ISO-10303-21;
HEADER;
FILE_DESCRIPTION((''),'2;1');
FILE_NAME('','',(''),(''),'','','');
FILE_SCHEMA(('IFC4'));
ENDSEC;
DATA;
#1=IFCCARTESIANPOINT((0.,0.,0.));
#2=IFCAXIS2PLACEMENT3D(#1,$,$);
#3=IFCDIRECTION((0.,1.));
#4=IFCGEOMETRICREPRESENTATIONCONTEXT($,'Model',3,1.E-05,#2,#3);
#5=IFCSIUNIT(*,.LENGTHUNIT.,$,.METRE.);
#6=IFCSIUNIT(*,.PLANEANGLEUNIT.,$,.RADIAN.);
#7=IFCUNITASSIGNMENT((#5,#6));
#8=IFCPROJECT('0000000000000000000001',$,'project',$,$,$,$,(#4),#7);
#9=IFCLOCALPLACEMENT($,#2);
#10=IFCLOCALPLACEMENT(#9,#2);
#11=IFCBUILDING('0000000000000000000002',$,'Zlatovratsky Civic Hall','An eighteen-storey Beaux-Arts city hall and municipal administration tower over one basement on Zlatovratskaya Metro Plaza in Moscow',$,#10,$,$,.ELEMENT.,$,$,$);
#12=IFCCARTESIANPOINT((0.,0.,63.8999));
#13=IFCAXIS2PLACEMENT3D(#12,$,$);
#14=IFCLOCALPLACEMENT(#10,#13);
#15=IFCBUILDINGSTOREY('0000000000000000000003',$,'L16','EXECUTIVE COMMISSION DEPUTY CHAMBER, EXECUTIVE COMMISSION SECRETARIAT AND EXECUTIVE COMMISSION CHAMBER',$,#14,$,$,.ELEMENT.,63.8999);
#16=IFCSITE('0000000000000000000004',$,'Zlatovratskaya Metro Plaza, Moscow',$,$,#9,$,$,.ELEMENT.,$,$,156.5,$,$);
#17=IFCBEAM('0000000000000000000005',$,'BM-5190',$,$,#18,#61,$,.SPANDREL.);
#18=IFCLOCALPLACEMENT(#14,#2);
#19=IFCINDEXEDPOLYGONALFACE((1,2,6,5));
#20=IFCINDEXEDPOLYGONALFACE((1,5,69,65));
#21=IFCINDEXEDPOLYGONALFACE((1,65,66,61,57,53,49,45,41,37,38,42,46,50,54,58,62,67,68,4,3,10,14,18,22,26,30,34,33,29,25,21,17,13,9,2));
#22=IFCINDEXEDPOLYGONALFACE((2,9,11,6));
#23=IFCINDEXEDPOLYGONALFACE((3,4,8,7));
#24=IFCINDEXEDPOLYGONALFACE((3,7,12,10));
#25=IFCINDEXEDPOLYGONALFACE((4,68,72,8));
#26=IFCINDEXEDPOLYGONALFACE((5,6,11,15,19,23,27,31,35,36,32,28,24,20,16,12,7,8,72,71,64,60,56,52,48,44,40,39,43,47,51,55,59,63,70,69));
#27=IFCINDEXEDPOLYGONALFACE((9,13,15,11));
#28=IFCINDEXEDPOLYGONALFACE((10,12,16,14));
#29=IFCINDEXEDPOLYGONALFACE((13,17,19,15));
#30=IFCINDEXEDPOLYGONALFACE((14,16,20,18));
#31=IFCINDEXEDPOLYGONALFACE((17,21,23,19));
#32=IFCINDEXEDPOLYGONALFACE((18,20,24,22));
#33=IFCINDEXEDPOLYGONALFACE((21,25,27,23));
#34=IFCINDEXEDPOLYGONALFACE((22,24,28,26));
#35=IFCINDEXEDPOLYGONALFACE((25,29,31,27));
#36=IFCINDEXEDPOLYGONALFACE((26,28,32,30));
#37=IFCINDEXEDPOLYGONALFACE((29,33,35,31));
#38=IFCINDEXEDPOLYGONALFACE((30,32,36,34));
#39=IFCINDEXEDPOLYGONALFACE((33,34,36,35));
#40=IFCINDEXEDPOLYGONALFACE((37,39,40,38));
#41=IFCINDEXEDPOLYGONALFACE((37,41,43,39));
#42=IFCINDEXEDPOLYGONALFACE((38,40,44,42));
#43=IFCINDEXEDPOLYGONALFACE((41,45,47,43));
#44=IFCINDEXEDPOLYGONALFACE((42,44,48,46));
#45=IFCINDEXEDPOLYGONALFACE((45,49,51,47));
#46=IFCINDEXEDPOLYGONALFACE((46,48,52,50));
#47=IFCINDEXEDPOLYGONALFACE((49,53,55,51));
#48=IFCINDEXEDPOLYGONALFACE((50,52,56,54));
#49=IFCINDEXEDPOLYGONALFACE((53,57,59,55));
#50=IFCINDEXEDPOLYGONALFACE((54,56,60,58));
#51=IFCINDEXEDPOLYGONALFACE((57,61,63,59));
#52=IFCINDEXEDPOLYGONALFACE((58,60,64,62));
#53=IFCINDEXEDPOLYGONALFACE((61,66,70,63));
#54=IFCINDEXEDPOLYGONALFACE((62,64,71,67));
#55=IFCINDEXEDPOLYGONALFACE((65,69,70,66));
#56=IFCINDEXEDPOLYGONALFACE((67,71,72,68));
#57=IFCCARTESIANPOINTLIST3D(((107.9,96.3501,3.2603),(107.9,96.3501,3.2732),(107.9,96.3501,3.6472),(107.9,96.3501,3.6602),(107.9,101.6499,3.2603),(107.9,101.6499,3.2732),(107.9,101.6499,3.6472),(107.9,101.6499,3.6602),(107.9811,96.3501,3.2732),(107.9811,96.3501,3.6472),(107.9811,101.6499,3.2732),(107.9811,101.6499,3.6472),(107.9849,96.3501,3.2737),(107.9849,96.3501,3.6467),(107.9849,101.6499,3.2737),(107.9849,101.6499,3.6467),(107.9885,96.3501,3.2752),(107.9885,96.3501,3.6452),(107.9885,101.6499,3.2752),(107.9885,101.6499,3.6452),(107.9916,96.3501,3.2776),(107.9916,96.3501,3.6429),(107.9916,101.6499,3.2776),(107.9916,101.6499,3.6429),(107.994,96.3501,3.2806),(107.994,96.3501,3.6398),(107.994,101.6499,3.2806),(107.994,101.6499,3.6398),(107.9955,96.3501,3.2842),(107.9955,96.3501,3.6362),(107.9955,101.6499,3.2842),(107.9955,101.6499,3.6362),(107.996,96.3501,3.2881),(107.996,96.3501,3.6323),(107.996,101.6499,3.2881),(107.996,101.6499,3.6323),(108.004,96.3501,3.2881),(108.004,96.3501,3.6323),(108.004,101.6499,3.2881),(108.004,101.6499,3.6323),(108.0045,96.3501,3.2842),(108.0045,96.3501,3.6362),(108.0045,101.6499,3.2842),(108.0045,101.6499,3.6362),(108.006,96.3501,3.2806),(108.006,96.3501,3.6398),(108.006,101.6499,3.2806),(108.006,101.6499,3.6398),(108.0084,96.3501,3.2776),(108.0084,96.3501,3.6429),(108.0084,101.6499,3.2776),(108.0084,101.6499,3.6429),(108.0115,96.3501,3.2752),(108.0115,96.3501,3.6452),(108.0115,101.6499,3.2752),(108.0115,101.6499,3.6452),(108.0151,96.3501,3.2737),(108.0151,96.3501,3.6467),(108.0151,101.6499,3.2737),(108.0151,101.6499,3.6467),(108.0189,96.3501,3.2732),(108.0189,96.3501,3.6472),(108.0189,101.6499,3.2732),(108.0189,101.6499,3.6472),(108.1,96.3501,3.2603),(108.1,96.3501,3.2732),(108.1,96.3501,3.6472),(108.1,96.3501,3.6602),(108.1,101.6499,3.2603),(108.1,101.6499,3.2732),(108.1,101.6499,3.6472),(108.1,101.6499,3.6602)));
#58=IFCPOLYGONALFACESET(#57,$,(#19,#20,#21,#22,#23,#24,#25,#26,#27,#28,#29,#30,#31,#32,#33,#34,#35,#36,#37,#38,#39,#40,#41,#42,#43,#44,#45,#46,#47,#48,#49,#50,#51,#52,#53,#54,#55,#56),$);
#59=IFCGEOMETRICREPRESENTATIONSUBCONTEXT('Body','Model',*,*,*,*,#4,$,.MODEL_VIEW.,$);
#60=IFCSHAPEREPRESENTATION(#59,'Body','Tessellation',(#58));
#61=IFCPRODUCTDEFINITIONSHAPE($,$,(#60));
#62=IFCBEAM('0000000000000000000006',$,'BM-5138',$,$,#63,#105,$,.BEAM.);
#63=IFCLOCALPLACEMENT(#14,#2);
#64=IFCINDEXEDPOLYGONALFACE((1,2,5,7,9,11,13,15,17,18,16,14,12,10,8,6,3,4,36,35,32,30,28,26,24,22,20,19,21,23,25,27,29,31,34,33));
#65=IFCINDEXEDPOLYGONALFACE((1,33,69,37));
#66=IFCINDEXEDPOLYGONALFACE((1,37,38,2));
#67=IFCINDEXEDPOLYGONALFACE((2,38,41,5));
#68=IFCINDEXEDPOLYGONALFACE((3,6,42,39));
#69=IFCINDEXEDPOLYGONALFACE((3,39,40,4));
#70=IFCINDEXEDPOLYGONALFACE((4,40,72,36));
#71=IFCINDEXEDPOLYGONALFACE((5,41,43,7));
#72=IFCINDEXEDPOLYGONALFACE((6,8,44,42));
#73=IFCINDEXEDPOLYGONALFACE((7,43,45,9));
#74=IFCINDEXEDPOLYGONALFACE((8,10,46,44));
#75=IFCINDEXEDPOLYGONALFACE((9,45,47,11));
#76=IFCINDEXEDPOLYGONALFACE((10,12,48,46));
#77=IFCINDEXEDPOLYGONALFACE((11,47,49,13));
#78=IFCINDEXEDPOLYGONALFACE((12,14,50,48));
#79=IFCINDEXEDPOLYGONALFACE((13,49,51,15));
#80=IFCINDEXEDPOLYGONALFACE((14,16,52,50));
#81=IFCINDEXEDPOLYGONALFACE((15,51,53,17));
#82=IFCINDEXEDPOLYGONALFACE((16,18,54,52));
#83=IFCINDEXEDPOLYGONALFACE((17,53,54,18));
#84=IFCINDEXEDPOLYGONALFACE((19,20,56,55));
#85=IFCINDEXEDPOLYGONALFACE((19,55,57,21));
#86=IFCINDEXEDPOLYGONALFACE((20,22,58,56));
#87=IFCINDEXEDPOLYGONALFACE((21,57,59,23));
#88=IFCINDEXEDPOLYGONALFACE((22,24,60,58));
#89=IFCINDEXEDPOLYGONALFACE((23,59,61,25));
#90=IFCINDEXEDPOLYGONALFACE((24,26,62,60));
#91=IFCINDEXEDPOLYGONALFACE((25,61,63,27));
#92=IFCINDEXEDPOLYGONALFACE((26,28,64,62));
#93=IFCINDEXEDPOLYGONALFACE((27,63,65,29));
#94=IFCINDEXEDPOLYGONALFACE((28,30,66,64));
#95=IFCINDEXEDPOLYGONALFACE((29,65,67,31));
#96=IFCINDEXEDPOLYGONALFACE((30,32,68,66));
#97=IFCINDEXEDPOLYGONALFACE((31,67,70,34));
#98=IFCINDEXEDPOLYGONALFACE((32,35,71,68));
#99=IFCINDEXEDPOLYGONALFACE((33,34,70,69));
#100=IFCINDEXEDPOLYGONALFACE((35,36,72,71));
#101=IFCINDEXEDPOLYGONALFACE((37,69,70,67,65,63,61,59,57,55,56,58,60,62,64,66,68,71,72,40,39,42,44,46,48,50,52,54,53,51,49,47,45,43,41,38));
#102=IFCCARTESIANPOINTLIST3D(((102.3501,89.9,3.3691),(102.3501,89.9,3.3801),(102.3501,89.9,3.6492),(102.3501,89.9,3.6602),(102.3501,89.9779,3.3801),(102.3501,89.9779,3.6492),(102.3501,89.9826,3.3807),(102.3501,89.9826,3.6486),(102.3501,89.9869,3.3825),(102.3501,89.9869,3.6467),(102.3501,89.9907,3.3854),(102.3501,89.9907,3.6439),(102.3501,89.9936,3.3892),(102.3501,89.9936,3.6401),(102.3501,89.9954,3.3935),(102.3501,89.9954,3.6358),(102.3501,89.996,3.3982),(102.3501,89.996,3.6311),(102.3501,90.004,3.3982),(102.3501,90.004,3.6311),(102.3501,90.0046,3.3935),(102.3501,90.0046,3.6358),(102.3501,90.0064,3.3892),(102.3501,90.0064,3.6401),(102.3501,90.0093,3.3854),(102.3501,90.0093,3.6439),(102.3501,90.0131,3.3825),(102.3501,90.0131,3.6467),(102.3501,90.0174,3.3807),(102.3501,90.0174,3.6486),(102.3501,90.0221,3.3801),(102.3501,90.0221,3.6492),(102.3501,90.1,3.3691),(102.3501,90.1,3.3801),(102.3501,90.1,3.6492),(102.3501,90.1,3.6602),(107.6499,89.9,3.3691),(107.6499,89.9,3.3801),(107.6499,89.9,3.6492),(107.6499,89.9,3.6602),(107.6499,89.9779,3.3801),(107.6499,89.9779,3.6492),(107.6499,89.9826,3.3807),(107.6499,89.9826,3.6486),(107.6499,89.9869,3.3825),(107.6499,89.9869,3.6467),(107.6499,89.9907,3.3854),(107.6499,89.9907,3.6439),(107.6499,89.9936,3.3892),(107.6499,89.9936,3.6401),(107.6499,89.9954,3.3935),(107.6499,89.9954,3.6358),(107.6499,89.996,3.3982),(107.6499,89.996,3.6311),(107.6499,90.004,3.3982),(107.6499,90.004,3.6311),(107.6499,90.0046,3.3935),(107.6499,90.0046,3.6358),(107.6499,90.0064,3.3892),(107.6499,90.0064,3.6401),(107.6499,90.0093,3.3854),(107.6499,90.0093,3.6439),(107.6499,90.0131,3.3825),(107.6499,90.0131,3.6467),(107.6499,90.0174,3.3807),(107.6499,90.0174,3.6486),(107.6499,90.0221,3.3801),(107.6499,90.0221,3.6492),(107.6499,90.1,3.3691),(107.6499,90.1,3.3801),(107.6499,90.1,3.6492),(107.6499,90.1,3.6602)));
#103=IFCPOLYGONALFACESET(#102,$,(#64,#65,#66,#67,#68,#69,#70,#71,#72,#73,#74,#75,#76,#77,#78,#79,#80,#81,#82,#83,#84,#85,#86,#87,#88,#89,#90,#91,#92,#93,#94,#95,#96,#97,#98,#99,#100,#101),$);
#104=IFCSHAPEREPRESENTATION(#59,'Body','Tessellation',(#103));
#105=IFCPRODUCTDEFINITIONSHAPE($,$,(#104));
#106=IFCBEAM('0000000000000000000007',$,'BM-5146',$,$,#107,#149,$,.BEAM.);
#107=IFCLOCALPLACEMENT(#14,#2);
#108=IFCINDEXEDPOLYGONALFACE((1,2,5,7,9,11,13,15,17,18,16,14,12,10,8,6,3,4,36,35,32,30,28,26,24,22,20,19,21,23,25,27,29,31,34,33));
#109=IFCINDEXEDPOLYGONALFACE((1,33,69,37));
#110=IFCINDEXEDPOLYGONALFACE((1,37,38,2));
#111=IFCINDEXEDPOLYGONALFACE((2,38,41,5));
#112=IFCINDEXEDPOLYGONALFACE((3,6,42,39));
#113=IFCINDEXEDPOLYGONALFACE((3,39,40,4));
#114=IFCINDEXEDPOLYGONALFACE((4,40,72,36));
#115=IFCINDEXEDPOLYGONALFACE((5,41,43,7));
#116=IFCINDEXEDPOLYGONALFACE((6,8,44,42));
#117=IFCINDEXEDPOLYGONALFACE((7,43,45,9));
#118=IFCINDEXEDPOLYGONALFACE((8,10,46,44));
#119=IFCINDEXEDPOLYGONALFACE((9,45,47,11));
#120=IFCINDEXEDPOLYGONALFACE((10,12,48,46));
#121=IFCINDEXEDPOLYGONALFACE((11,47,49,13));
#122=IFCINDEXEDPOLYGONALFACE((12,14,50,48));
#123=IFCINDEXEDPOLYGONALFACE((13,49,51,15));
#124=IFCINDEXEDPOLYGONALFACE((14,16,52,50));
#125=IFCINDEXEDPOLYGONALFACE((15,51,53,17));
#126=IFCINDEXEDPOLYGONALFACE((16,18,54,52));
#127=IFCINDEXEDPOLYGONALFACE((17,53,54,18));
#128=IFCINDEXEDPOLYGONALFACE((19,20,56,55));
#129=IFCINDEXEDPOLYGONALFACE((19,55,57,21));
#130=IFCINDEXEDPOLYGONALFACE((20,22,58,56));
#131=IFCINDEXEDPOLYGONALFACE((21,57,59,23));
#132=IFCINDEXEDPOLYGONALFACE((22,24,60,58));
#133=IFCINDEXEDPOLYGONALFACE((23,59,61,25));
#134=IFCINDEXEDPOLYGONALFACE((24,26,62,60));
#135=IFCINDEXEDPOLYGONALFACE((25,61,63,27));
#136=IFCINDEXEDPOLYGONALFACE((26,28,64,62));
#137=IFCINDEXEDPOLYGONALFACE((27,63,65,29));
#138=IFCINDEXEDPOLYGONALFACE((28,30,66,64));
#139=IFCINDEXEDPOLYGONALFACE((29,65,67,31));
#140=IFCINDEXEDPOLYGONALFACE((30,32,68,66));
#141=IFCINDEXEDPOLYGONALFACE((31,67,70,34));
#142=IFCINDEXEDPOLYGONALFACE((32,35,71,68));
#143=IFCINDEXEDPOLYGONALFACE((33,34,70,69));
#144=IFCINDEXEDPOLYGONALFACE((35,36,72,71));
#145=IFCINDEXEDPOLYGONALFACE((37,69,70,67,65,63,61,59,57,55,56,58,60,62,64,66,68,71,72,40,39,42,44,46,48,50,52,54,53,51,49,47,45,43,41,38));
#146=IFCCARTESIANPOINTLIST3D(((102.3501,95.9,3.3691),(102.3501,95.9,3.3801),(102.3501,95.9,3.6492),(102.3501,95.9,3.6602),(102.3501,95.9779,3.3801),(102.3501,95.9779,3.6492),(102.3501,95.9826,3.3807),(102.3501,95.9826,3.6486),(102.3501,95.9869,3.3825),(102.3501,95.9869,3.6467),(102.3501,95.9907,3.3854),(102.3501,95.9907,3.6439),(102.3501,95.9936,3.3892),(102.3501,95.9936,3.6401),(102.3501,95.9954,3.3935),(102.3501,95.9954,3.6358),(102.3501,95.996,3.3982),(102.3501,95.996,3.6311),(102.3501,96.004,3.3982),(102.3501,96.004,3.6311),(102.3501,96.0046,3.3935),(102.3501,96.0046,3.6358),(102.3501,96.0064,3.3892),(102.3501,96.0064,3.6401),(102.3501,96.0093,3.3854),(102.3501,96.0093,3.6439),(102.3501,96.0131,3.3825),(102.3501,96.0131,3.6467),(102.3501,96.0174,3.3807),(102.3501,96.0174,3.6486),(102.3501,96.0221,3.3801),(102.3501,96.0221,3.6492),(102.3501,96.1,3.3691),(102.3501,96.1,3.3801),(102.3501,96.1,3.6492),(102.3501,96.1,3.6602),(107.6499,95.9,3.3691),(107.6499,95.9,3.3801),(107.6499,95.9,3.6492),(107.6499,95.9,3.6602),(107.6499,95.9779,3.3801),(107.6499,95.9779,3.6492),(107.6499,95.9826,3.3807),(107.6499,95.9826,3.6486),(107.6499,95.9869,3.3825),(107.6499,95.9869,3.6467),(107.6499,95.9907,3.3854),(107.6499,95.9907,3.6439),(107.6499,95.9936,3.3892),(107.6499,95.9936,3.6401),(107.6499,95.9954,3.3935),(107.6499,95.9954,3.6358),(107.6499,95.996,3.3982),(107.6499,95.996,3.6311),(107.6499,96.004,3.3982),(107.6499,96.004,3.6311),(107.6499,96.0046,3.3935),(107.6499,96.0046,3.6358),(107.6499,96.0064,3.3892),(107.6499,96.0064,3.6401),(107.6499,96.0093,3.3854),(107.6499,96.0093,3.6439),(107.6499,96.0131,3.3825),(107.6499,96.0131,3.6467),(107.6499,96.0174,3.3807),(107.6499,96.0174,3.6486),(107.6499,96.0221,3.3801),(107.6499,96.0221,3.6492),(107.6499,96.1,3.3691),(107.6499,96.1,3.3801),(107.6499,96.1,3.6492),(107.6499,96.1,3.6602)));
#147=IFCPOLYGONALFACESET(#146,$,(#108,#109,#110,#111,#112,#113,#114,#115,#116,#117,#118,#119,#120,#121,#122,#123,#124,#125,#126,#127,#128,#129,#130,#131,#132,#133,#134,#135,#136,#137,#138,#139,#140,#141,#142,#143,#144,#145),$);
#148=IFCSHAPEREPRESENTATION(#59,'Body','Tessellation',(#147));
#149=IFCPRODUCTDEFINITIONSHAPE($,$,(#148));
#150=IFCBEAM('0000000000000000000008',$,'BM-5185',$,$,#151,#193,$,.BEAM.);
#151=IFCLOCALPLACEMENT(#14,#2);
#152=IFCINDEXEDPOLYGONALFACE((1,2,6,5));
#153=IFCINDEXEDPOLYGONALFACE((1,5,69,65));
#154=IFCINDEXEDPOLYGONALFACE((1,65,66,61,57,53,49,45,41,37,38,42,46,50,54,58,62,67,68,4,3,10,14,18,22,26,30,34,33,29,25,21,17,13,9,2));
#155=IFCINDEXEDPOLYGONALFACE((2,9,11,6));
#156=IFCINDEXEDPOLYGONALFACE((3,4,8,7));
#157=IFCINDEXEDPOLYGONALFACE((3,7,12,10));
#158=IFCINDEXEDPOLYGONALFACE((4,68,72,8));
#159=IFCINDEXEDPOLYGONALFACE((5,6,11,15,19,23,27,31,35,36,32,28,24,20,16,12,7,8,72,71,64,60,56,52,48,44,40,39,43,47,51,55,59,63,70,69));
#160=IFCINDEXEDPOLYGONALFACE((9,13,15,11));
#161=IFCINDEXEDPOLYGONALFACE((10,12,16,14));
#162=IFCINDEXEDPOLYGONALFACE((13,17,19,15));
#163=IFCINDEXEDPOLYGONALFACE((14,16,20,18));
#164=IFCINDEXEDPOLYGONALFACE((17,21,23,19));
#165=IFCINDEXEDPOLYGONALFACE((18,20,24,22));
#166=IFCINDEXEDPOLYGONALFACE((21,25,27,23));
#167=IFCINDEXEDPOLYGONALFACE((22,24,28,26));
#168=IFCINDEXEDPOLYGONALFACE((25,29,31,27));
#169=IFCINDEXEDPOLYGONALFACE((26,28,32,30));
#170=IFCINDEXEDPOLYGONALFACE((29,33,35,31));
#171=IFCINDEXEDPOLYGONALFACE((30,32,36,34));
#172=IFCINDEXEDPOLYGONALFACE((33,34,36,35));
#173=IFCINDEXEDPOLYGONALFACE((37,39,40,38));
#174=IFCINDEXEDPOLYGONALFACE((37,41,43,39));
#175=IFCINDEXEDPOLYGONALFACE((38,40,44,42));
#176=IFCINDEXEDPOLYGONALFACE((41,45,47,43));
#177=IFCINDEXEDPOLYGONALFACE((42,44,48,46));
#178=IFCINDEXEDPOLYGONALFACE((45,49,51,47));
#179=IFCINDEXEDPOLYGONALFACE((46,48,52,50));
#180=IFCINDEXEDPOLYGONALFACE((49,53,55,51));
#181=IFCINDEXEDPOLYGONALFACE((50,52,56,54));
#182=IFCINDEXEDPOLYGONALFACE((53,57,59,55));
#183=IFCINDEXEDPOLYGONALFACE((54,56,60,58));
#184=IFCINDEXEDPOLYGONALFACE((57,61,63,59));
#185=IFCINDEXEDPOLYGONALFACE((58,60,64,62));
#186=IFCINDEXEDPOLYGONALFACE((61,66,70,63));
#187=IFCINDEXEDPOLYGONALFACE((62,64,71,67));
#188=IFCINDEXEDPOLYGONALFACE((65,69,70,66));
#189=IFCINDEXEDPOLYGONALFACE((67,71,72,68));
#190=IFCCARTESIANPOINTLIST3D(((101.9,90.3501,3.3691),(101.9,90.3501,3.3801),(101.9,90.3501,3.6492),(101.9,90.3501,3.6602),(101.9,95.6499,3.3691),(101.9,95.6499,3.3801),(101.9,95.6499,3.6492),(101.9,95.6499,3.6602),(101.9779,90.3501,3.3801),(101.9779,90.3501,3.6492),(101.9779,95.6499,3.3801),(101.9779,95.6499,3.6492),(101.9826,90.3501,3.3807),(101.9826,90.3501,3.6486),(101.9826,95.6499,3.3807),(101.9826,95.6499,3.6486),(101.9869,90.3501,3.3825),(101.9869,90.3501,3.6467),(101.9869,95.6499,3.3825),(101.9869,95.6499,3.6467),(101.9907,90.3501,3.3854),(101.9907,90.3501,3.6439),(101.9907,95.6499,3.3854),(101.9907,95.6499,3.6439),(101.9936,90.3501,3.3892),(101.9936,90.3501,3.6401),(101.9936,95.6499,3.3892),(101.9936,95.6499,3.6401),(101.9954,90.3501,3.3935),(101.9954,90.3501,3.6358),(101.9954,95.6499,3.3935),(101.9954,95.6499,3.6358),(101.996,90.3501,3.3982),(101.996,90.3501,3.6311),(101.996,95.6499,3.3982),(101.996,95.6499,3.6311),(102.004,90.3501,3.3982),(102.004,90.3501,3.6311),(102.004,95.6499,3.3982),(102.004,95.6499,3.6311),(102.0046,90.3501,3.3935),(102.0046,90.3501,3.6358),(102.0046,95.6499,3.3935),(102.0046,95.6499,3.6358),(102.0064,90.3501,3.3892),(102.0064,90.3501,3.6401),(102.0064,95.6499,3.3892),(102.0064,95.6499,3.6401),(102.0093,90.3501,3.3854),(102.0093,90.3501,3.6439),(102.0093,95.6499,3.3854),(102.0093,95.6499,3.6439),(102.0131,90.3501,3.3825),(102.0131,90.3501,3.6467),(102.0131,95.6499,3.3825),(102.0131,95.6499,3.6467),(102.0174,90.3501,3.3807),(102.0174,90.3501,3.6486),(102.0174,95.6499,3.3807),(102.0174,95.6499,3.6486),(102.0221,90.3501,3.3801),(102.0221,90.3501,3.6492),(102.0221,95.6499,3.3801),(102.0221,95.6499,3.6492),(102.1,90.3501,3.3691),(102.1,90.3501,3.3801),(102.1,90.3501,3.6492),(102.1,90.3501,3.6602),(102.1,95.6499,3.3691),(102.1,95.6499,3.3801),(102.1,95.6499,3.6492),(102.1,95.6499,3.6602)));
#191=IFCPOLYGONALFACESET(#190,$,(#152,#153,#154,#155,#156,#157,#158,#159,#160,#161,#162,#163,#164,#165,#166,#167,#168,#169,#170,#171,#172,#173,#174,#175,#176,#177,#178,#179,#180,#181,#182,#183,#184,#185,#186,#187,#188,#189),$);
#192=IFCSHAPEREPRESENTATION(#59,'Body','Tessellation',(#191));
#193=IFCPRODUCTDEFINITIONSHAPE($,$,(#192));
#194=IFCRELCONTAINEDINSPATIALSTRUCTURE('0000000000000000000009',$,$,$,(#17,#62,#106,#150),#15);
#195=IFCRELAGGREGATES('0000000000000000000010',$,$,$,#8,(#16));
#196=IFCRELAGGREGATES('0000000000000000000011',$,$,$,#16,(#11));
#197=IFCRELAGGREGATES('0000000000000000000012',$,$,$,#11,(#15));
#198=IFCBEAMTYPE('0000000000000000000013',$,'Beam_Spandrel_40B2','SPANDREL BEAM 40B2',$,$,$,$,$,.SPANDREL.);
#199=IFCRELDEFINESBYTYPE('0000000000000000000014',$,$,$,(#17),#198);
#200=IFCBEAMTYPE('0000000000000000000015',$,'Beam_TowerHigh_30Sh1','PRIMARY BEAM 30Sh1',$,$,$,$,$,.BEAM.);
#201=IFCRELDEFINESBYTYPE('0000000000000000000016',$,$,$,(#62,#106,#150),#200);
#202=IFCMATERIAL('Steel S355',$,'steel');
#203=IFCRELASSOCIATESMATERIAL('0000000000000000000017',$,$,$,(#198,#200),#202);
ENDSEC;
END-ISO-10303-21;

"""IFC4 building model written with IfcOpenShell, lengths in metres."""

from ifc_helpers import new_model, si_unit, direction, frame, origin, origin_2d, place, context, subcontext, project, spatial, i_section, extrude, material, material_profile, profile_set, type_object, element, save


model = new_model("IFC4")

# Units and contexts
model_context = context("Model", 3, precision=1e-05, world=origin(), true_north=direction((0.0, 1.0)))
body_context = subcontext(model_context, "Body", "Model", "MODEL_VIEW")
ifc_project = project(units=[si_unit("LENGTHUNIT", "METRE"), si_unit("PLANEANGLEUNIT", "RADIAN")], contexts=[model_context])

# Site, building, storey
site_placement = place(None, origin())
site = spatial("IfcSite", under=ifc_project, at=site_placement, Name="Zlatovratskaya Metro Plaza, Moscow", CompositionType="ELEMENT", RefElevation=156.5)
building_placement = place(site_placement, origin())
building = spatial("IfcBuilding", under=site, at=building_placement, Name="Zlatovratsky Civic Hall", Description="An eighteen-storey Beaux-Arts city hall and municipal administration tower over one basement on Zlatovratskaya Metro Plaza in Moscow", CompositionType="ELEMENT")
storey_placement = place(building_placement, frame((0.0, 0.0, 63.8999)))
storey = spatial("IfcBuildingStorey", under=building, at=storey_placement, Name="L16", Description="EXECUTIVE COMMISSION DEPUTY CHAMBER, EXECUTIVE COMMISSION SECRETARIAT AND EXECUTIVE COMMISSION CHAMBER", CompositionType="ELEMENT", Elevation=63.8999)

# Beams
ifc_material_1 = material(Name="Steel S355", Category="steel")
ifc_material_profile_1 = material_profile(ifc_material_1, i_section(OverallWidth=0.2, OverallDepth=0.3999, WebThickness=0.0081, FlangeThickness=0.0129, FilletRadius=0.0149, at=origin_2d()), Name="40B2")
ifc_profile_set_1 = profile_set([ifc_material_profile_1], Name="Steel S355")
beam_type_1 = type_object("IfcBeamType", Name="Beam_Spandrel_40B2", Description="SPANDREL BEAM 40B2", PredefinedType="SPANDREL", material=ifc_profile_set_1)
for number, where, z_axis, x_axis, name in (
    (1, (108.0, 96.3501, 3.4602), (0.0, 1.0, 0.0), (-1.0, 0.0, 0.0), "BM-5190"),
):
    element("IfcBeam", number, at=place(storey_placement, frame(where, z_axis=z_axis, x_axis=x_axis)), inside=storey, type_object=beam_type_1, Name=name, PredefinedType="SPANDREL", context=body_context, shape_type="SweptSolid", body=[
        extrude(i_section(OverallWidth=0.2, OverallDepth=0.3999, WebThickness=0.0081, FlangeThickness=0.0129, FilletRadius=0.0149, at=origin_2d()), origin(), (0.0, 0.0, 1.0), 5.2998),
    ])
ifc_material_profile_2 = material_profile(ifc_material_1, i_section(OverallWidth=0.2, OverallDepth=0.291, WebThickness=0.0081, FlangeThickness=0.011, FilletRadius=0.0181, at=origin_2d()), Name="30Sh1")
ifc_profile_set_2 = profile_set([ifc_material_profile_2], Name="Steel S355")
beam_type_2 = type_object("IfcBeamType", Name="Beam_TowerHigh_30Sh1", Description="PRIMARY BEAM 30Sh1", PredefinedType="BEAM", material=ifc_profile_set_2)
for number, where, z_axis, x_axis, name in (
    (2, (102.3501, 90.0, 3.5146), (1.0, 0.0, 0.0), (0.0, 1.0, 0.0), "BM-5138"),
    (3, (102.3501, 96.0, 3.5146), (1.0, 0.0, 0.0), (0.0, 1.0, 0.0), "BM-5146"),
    (4, (102.0, 90.3501, 3.5146), (0.0, 1.0, 0.0), (-1.0, 0.0, 0.0), "BM-5185"),
):
    element("IfcBeam", number, at=place(storey_placement, frame(where, z_axis=z_axis, x_axis=x_axis)), inside=storey, type_object=beam_type_2, Name=name, PredefinedType="BEAM", context=body_context, shape_type="SweptSolid", body=[
        extrude(i_section(OverallWidth=0.2, OverallDepth=0.291, WebThickness=0.0081, FlangeThickness=0.011, FilletRadius=0.0181, at=origin_2d()), origin(), (0.0, 0.0, 1.0), 5.2998),
    ])

save(model, "model.ifc")
